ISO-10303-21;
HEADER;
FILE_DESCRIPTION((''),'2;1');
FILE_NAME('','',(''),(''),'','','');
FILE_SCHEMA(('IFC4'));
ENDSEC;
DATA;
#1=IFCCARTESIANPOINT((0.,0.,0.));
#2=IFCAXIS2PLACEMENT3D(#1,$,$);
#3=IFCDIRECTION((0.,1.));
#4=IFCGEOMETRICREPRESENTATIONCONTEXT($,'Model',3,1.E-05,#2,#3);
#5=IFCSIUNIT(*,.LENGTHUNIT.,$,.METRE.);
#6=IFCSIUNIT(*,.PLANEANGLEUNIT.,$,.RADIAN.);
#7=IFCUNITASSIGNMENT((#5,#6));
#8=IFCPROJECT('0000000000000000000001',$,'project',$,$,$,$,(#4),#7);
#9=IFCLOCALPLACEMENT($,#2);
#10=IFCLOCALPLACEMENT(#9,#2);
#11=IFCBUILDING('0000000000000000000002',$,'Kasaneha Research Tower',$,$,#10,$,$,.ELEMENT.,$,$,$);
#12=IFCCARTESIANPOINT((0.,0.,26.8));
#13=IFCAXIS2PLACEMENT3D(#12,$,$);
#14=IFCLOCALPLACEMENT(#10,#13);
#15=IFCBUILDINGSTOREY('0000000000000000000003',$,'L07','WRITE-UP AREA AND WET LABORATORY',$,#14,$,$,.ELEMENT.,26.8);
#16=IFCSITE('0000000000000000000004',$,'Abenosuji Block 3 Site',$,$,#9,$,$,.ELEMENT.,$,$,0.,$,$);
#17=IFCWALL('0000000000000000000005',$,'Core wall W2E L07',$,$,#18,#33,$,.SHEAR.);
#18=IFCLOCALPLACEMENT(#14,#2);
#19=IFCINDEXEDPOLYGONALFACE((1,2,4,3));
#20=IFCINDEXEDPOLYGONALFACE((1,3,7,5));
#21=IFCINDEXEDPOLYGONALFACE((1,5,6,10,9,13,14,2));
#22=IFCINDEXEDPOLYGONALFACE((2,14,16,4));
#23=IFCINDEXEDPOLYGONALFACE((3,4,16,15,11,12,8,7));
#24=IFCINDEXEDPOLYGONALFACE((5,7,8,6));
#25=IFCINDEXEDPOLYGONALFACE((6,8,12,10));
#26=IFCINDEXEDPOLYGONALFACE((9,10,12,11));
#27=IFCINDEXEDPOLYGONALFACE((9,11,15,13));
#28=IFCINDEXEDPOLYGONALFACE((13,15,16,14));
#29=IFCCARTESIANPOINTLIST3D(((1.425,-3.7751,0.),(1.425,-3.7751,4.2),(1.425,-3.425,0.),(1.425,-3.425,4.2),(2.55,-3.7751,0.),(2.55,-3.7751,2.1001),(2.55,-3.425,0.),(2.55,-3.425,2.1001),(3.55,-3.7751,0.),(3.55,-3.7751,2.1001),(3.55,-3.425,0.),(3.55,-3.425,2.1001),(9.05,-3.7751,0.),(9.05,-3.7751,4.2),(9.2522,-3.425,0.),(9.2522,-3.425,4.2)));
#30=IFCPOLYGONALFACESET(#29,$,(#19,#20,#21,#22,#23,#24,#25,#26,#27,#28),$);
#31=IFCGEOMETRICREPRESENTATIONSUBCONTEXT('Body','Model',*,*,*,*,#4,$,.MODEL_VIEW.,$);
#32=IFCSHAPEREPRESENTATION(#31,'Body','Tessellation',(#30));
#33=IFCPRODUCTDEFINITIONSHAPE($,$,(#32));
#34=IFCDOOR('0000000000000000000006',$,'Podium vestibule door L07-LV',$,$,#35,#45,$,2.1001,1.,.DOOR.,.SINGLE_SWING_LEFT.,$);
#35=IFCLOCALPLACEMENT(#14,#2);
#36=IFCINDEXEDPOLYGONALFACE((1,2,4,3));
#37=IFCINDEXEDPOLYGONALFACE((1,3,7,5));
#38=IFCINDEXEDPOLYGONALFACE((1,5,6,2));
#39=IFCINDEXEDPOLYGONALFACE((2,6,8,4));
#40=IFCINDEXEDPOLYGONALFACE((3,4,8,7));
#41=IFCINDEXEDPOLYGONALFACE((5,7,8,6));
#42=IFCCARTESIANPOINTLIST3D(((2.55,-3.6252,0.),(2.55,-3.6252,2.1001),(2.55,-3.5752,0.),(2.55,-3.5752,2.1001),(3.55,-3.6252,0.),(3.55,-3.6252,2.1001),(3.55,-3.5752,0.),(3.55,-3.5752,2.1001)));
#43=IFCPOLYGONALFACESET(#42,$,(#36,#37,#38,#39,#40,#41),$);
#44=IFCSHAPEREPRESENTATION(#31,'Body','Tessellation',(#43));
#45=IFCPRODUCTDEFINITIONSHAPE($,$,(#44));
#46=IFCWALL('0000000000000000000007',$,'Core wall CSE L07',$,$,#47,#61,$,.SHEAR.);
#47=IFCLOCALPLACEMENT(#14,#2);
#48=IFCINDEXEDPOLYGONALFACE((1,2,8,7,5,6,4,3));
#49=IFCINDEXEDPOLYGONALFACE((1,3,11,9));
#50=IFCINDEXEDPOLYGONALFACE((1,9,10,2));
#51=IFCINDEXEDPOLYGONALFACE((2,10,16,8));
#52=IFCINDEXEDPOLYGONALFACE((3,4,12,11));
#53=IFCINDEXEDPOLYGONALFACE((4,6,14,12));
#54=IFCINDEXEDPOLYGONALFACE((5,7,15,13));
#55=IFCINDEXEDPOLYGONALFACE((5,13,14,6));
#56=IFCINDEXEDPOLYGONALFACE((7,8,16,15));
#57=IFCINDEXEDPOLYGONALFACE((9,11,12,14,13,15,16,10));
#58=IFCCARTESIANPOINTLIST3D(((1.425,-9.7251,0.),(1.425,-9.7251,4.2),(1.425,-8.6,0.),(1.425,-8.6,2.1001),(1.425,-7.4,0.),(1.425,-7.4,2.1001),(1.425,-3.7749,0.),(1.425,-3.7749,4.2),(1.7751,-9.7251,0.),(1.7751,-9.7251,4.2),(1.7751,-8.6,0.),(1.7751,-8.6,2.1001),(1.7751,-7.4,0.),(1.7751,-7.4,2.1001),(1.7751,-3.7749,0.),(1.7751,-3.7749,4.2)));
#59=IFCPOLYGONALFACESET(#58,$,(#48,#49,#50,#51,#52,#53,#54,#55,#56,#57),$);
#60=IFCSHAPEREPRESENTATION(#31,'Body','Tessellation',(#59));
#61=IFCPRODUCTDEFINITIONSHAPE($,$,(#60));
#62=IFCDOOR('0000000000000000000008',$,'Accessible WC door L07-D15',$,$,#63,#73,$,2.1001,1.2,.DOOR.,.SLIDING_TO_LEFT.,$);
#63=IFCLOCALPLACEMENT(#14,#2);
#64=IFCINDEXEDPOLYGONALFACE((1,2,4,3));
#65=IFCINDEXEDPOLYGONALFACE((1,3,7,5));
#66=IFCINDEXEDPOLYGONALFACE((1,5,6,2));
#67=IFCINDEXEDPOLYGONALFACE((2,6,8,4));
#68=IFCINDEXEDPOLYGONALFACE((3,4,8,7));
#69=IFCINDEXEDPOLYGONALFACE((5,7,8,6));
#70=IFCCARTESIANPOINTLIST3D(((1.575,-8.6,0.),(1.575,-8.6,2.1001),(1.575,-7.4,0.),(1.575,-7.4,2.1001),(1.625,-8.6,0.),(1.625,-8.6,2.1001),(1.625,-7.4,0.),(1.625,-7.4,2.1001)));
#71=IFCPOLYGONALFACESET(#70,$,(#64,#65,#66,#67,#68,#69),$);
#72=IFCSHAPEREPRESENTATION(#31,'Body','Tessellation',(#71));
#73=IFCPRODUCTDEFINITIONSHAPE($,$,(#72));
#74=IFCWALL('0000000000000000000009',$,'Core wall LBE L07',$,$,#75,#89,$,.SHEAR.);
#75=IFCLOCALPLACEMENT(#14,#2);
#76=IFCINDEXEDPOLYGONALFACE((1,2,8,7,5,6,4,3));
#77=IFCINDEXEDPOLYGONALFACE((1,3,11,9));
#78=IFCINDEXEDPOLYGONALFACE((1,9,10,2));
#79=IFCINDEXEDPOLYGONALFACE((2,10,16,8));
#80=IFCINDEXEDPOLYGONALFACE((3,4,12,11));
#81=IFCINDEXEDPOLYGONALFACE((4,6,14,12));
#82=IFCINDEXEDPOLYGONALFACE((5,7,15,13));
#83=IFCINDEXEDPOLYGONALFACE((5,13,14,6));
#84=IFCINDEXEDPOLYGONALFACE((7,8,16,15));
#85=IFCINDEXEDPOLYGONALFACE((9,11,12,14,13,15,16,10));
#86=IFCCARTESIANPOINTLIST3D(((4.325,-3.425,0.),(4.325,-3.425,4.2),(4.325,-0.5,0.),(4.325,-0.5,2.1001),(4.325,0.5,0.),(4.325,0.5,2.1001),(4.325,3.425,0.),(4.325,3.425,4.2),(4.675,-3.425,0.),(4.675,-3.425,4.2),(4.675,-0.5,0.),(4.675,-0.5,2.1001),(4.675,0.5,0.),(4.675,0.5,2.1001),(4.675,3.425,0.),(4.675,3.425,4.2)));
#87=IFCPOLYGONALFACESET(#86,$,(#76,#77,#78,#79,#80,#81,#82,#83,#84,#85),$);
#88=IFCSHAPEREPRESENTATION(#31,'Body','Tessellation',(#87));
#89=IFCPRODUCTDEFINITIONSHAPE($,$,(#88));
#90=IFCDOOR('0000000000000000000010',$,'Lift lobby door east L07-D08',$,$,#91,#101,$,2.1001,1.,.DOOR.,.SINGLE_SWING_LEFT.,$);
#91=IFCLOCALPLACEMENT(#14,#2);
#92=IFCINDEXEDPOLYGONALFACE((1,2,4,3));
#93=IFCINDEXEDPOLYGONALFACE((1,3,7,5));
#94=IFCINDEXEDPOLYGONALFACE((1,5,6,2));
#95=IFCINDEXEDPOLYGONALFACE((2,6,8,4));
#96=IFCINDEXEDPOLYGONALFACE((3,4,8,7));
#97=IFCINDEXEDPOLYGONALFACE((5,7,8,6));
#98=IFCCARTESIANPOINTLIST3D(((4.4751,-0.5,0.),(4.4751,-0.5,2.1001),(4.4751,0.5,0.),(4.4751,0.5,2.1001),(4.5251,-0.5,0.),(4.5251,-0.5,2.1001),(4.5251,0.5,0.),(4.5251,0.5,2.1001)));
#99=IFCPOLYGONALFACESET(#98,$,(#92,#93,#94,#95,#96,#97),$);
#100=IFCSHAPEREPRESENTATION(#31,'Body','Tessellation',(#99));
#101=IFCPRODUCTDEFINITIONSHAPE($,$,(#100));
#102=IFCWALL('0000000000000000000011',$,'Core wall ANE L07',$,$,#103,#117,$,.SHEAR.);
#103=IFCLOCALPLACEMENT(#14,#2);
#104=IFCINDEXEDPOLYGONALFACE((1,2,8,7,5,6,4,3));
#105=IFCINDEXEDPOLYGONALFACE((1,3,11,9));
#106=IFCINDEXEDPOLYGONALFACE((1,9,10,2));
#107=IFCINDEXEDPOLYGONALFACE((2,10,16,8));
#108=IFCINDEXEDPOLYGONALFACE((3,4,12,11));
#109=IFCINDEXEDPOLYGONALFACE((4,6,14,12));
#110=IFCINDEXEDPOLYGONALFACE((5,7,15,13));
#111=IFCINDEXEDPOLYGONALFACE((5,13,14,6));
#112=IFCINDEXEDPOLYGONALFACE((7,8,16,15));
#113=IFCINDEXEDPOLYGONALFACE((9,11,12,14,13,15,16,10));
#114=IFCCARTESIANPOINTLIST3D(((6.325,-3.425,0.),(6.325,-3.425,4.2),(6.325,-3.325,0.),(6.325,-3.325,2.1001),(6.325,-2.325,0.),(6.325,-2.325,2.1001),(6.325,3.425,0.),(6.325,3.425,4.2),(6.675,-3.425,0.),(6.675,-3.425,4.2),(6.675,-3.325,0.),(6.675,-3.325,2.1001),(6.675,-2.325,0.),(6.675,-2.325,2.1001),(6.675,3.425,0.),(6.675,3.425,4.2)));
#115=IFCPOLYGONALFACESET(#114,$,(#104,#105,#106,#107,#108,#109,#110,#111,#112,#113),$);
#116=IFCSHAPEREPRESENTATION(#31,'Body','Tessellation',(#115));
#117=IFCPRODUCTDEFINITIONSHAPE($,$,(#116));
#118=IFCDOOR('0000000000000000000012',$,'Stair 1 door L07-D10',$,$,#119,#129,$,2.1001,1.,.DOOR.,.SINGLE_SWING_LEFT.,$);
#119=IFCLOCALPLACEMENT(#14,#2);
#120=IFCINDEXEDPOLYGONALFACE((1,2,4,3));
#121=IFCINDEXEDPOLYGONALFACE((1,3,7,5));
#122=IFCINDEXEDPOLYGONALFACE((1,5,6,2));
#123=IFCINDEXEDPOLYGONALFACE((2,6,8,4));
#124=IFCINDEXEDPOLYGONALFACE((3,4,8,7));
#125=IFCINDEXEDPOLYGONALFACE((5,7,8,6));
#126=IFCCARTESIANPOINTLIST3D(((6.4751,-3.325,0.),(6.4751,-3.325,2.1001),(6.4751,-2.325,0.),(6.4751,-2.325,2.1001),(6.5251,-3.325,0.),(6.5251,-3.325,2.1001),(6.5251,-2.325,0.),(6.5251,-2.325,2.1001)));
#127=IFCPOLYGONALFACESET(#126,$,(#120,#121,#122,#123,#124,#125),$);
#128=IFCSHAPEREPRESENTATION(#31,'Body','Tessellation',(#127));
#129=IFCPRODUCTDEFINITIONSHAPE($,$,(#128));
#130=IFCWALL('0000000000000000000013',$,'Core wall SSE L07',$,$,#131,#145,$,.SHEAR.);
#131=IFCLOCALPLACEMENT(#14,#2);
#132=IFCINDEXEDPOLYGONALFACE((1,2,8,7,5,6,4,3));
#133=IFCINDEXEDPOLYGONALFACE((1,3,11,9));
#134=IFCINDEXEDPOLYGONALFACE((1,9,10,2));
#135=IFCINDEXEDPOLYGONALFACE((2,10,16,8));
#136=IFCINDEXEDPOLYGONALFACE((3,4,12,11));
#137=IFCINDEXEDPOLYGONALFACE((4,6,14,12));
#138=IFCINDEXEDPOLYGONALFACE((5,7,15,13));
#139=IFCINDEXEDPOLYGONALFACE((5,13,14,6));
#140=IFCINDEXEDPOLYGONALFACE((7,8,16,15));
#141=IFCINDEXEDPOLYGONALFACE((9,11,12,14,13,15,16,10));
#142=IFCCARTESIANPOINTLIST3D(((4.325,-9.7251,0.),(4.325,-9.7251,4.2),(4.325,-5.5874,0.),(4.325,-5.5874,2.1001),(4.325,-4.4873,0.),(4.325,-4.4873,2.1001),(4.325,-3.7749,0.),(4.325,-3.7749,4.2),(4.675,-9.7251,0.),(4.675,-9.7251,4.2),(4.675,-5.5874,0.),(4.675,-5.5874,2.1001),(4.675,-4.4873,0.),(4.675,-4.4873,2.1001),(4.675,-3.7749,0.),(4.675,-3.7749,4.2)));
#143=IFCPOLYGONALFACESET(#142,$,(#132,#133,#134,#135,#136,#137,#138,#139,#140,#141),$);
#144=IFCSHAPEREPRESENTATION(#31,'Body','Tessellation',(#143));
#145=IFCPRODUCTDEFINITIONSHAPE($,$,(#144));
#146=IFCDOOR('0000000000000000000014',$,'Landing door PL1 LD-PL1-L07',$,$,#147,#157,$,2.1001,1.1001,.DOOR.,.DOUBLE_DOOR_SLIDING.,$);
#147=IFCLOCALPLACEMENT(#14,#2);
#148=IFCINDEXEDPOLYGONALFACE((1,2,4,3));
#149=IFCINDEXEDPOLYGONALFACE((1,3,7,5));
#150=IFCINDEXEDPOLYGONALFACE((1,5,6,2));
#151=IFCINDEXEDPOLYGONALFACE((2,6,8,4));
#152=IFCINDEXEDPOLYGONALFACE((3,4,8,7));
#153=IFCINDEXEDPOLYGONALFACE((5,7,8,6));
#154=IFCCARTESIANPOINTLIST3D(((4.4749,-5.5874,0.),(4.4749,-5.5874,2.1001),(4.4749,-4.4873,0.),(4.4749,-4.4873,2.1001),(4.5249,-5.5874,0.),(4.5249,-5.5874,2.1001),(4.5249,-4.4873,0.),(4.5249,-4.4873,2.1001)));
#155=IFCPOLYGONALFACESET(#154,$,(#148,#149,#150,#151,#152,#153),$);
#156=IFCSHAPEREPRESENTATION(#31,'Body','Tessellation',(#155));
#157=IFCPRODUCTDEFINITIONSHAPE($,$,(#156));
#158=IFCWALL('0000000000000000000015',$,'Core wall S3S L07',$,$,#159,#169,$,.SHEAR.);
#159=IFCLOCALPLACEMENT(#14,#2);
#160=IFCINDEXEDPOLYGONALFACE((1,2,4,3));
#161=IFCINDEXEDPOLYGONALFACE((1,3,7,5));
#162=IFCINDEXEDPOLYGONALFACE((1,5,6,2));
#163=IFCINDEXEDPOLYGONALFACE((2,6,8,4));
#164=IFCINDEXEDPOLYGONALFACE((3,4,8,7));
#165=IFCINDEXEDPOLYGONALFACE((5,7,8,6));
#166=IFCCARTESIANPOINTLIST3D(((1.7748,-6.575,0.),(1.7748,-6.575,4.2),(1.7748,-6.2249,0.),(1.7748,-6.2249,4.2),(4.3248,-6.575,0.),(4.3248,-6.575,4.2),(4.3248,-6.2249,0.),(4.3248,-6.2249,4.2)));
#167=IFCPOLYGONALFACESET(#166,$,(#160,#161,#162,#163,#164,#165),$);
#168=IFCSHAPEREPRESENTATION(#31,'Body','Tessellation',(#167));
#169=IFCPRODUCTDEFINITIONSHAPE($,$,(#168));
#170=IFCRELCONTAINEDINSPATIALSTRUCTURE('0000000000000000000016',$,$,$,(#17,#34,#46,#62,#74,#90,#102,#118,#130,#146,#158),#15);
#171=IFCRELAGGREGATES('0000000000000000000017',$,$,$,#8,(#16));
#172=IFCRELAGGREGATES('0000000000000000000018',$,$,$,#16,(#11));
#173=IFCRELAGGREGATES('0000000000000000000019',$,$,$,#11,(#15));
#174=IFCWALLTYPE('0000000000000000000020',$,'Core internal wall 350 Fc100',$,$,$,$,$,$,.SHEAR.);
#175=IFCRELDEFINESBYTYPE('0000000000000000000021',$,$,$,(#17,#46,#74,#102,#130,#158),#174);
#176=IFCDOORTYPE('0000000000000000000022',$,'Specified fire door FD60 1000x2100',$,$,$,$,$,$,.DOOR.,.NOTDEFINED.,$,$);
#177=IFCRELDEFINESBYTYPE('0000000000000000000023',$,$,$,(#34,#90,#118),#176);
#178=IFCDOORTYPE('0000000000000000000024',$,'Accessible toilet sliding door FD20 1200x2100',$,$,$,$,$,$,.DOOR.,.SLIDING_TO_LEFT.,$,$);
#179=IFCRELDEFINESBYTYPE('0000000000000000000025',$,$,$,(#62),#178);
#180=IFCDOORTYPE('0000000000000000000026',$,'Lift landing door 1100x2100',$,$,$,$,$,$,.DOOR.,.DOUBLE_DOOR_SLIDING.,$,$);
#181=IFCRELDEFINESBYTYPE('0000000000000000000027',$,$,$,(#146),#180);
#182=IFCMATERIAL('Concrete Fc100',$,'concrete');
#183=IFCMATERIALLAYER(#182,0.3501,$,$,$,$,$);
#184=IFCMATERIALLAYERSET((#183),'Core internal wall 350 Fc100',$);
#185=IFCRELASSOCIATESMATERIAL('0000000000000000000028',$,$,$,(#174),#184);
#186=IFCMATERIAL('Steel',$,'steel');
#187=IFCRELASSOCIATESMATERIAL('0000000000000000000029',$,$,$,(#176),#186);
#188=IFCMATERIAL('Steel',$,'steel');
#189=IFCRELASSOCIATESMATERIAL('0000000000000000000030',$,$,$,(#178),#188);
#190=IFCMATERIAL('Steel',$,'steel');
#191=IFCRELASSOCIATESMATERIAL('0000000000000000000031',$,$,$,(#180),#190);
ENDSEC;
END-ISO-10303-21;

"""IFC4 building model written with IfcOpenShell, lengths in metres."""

from ifc_helpers import new_model, si_unit, direction, frame, frame_2d, origin, place, context, subcontext, project, spatial, polyline, rectangle, outline, extrude, material, layer, layer_set, type_object, element, fill, save


model = new_model("IFC4")

# Units and contexts
model_context = context("Model", 3, precision=1e-05, world=origin(), true_north=direction((0.0, 1.0)))
body_context = subcontext(model_context, "Body", "Model", "MODEL_VIEW")
ifc_project = project(units=[si_unit("LENGTHUNIT", "METRE"), si_unit("PLANEANGLEUNIT", "RADIAN")], contexts=[model_context])

# Site, building, storey
site_placement = place(None, origin())
site = spatial("IfcSite", under=ifc_project, at=site_placement, Name="Abenosuji Block 3 Site", CompositionType="ELEMENT", RefElevation=0.0)
building_placement = place(site_placement, origin())
building = spatial("IfcBuilding", under=site, at=building_placement, Name="Kasaneha Research Tower", CompositionType="ELEMENT")
storey_placement = place(building_placement, frame((0.0, 0.0, 26.8)))
storey = spatial("IfcBuildingStorey", under=building, at=storey_placement, Name="L07", Description="WRITE-UP AREA AND WET LABORATORY", CompositionType="ELEMENT", Elevation=26.8)

# Walls, openings, doors
ifc_material_1 = material(Name="Concrete Fc100", Category="concrete")
ifc_layer_1 = layer(ifc_material_1, 0.3501)
ifc_layer_set_1 = layer_set([ifc_layer_1], Name="Core internal wall 350 Fc100")
wall_type_1 = type_object("IfcWallType", Name="Core internal wall 350 Fc100", PredefinedType="SHEAR", material=ifc_layer_set_1)
wall_1_placement = place(storey_placement, frame((1.425, -3.6001, 0.0), z_axis=(0.0, 0.0, 1.0), x_axis=(1.0, 0.0, 0.0)))
wall_1 = element("IfcWall", 1, at=wall_1_placement, inside=storey, type_object=wall_type_1, Name="Core wall W2E L07", PredefinedType="SHEAR", context=body_context, shape_type="SweptSolid", body=[
    extrude(outline(polyline([(0.0, -0.175), (1.125, -0.175), (2.125, -0.175), (7.625, -0.175), (7.8271, 0.175), (2.125, 0.175), (1.125, 0.175), (0.0, 0.175), (0.0, -0.175)])), origin(), (0.0, 0.0, 1.0), 4.2),
])
opening_1_placement = place(wall_1_placement, frame((1.125, 0.0, 0.0)))
opening_1 = element("IfcOpeningElement", 2, at=opening_1_placement, cuts=wall_1, PredefinedType="OPENING", context=body_context, shape_type="SweptSolid", body=[
    extrude(rectangle(XDim=1.0, YDim=2.1001, at=frame_2d((0.5, 1.05))), frame((0.0, 0.1851, 0.0), z_axis=(0.0, -1.0, 0.0), x_axis=(1.0, 0.0, 0.0)), (0.0, 0.0, 1.0), 0.3701),
])
ifc_material_2 = material(Name="Steel", Category="steel")
door_type_1 = type_object("IfcDoorType", Name="Specified fire door FD60 1000x2100", OperationType="NOTDEFINED", PredefinedType="DOOR", material=ifc_material_2)
door_1_placement = place(opening_1_placement, origin())
door_1 = element("IfcDoor", 3, at=door_1_placement, inside=storey, type_object=door_type_1, Name="Podium vestibule door L07-LV", OperationType="SINGLE_SWING_LEFT", OverallHeight=2.1001, OverallWidth=1.0, PredefinedType="DOOR", context=body_context, shape_type="SweptSolid", body=[
    extrude(rectangle(XDim=1.0, YDim=2.1001, at=frame_2d((0.5, 1.05))), frame((0.0, 0.0249, 0.0), z_axis=(0.0, -1.0, 0.0), x_axis=(1.0, 0.0, 0.0)), (0.0, 0.0, 1.0), 0.05),
])
fill(opening_1, door_1)
wall_2_placement = place(storey_placement, frame((1.6001, -3.7749, 0.0), z_axis=(0.0, 0.0, 1.0), x_axis=(0.0, -1.0, 0.0)))
wall_2 = element("IfcWall", 4, at=wall_2_placement, inside=storey, type_object=wall_type_1, Name="Core wall CSE L07", PredefinedType="SHEAR", context=body_context, shape_type="SweptSolid", body=[
    extrude(rectangle(XDim=5.9502, YDim=0.3501, at=frame_2d((2.9751, 0.0))), origin(), (0.0, 0.0, 1.0), 4.2),
])
opening_2_placement = place(wall_2_placement, frame((3.625, 0.0, 0.0)))
opening_2 = element("IfcOpeningElement", 5, at=opening_2_placement, cuts=wall_2, PredefinedType="OPENING", context=body_context, shape_type="SweptSolid", body=[
    extrude(rectangle(XDim=1.2, YDim=2.1001, at=frame_2d((0.6001, 1.05))), frame((0.0, 0.1851, 0.0), z_axis=(0.0, -1.0, 0.0), x_axis=(1.0, 0.0, 0.0)), (0.0, 0.0, 1.0), 0.3701),
])
ifc_material_3 = material(Name="Steel", Category="steel")
door_type_2 = type_object("IfcDoorType", Name="Accessible toilet sliding door FD20 1200x2100", OperationType="SLIDING_TO_LEFT", PredefinedType="DOOR", material=ifc_material_3)
door_2_placement = place(opening_2_placement, origin())
door_2 = element("IfcDoor", 6, at=door_2_placement, inside=storey, type_object=door_type_2, Name="Accessible WC door L07-D15", OperationType="SLIDING_TO_LEFT", OverallHeight=2.1001, OverallWidth=1.2, PredefinedType="DOOR", context=body_context, shape_type="SweptSolid", body=[
    extrude(rectangle(XDim=1.2, YDim=2.1001, at=frame_2d((0.6001, 1.05))), frame((0.0, 0.0249, 0.0), z_axis=(0.0, -1.0, 0.0), x_axis=(1.0, 0.0, 0.0)), (0.0, 0.0, 1.0), 0.05),
])
fill(opening_2, door_2)
wall_3_placement = place(storey_placement, frame((4.5, -3.425, 0.0), z_axis=(0.0, 0.0, 1.0), x_axis=(0.0, 1.0, 0.0)))
wall_3 = element("IfcWall", 7, at=wall_3_placement, inside=storey, type_object=wall_type_1, Name="Core wall LBE L07", PredefinedType="SHEAR", context=body_context, shape_type="SweptSolid", body=[
    extrude(rectangle(XDim=6.8501, YDim=0.3501, at=frame_2d((3.425, 0.0))), origin(), (0.0, 0.0, 1.0), 4.2),
])
opening_3_placement = place(wall_3_placement, frame((2.925, 0.0, 0.0)))
opening_3 = element("IfcOpeningElement", 8, at=opening_3_placement, cuts=wall_3, PredefinedType="OPENING", context=body_context, shape_type="SweptSolid", body=[
    extrude(rectangle(XDim=1.0, YDim=2.1001, at=frame_2d((0.5, 1.05))), frame((0.0, 0.1851, 0.0), z_axis=(0.0, -1.0, 0.0), x_axis=(1.0, 0.0, 0.0)), (0.0, 0.0, 1.0), 0.3701),
])
door_3_placement = place(opening_3_placement, origin())
door_3 = element("IfcDoor", 9, at=door_3_placement, inside=storey, type_object=door_type_1, Name="Lift lobby door east L07-D08", OperationType="SINGLE_SWING_LEFT", OverallHeight=2.1001, OverallWidth=1.0, PredefinedType="DOOR", context=body_context, shape_type="SweptSolid", body=[
    extrude(rectangle(XDim=1.0, YDim=2.1001, at=frame_2d((0.5, 1.05))), frame((0.0, 0.0249, 0.0), z_axis=(0.0, -1.0, 0.0), x_axis=(1.0, 0.0, 0.0)), (0.0, 0.0, 1.0), 0.05),
])
fill(opening_3, door_3)
wall_4_placement = place(storey_placement, frame((6.5, -3.425, 0.0), z_axis=(0.0, 0.0, 1.0), x_axis=(0.0, 1.0, 0.0)))
wall_4 = element("IfcWall", 10, at=wall_4_placement, inside=storey, type_object=wall_type_1, Name="Core wall ANE L07", PredefinedType="SHEAR", context=body_context, shape_type="SweptSolid", body=[
    extrude(rectangle(XDim=6.8501, YDim=0.3501, at=frame_2d((3.425, 0.0))), origin(), (0.0, 0.0, 1.0), 4.2),
])
opening_4_placement = place(wall_4_placement, frame((0.1001, 0.0, 0.0)))
opening_4 = element("IfcOpeningElement", 11, at=opening_4_placement, cuts=wall_4, PredefinedType="OPENING", context=body_context, shape_type="SweptSolid", body=[
    extrude(rectangle(XDim=1.0, YDim=2.1001, at=frame_2d((0.5, 1.05))), frame((0.0, 0.1851, 0.0), z_axis=(0.0, -1.0, 0.0), x_axis=(1.0, 0.0, 0.0)), (0.0, 0.0, 1.0), 0.3701),
])
door_4_placement = place(opening_4_placement, origin())
door_4 = element("IfcDoor", 12, at=door_4_placement, inside=storey, type_object=door_type_1, Name="Stair 1 door L07-D10", OperationType="SINGLE_SWING_LEFT", OverallHeight=2.1001, OverallWidth=1.0, PredefinedType="DOOR", context=body_context, shape_type="SweptSolid", body=[
    extrude(rectangle(XDim=1.0, YDim=2.1001, at=frame_2d((0.5, 1.05))), frame((0.0, 0.0249, 0.0), z_axis=(0.0, -1.0, 0.0), x_axis=(1.0, 0.0, 0.0)), (0.0, 0.0, 1.0), 0.05),
])
fill(opening_4, door_4)
wall_5_placement = place(storey_placement, frame((4.5, -3.7749, 0.0), z_axis=(0.0, 0.0, 1.0), x_axis=(0.0, -1.0, 0.0)))
wall_5 = element("IfcWall", 13, at=wall_5_placement, inside=storey, type_object=wall_type_1, Name="Core wall SSE L07", PredefinedType="SHEAR", context=body_context, shape_type="SweptSolid", body=[
    extrude(rectangle(XDim=5.9502, YDim=0.3501, at=frame_2d((2.9751, 0.0))), origin(), (0.0, 0.0, 1.0), 4.2),
])
opening_5_placement = place(wall_5_placement, frame((0.7124, 0.0, 0.0)))
opening_5 = element("IfcOpeningElement", 14, at=opening_5_placement, cuts=wall_5, PredefinedType="OPENING", context=body_context, shape_type="SweptSolid", body=[
    extrude(rectangle(XDim=1.1001, YDim=2.1001, at=frame_2d((0.55, 1.05))), frame((0.0, 0.1851, 0.0), z_axis=(0.0, -1.0, 0.0), x_axis=(1.0, 0.0, 0.0)), (0.0, 0.0, 1.0), 0.3701),
])
ifc_material_4 = material(Name="Steel", Category="steel")
door_type_3 = type_object("IfcDoorType", Name="Lift landing door 1100x2100", OperationType="DOUBLE_DOOR_SLIDING", PredefinedType="DOOR", material=ifc_material_4)
door_5_placement = place(opening_5_placement, origin())
door_5 = element("IfcDoor", 15, at=door_5_placement, inside=storey, type_object=door_type_3, Name="Landing door PL1 LD-PL1-L07", OperationType="DOUBLE_DOOR_SLIDING", OverallHeight=2.1001, OverallWidth=1.1001, PredefinedType="DOOR", context=body_context, shape_type="SweptSolid", body=[
    extrude(rectangle(XDim=1.1001, YDim=2.1001, at=frame_2d((0.55, 1.05))), frame((0.0, 0.0249, 0.0), z_axis=(0.0, -1.0, 0.0), x_axis=(1.0, 0.0, 0.0)), (0.0, 0.0, 1.0), 0.05),
])
fill(opening_5, door_5)

# Wall
wall_6_placement = place(storey_placement, frame((1.7749, -6.3999, 0.0), z_axis=(0.0, 0.0, 1.0), x_axis=(1.0, 0.0, 0.0)))
element("IfcWall", 16, at=wall_6_placement, inside=storey, type_object=wall_type_1, Name="Core wall S3S L07", PredefinedType="SHEAR", context=body_context, shape_type="SweptSolid", body=[
    extrude(rectangle(XDim=2.55, YDim=0.3501, at=frame_2d((1.2749, 0.0))), origin(), (0.0, 0.0, 1.0), 4.2),
])

save(model, "model.ifc")
